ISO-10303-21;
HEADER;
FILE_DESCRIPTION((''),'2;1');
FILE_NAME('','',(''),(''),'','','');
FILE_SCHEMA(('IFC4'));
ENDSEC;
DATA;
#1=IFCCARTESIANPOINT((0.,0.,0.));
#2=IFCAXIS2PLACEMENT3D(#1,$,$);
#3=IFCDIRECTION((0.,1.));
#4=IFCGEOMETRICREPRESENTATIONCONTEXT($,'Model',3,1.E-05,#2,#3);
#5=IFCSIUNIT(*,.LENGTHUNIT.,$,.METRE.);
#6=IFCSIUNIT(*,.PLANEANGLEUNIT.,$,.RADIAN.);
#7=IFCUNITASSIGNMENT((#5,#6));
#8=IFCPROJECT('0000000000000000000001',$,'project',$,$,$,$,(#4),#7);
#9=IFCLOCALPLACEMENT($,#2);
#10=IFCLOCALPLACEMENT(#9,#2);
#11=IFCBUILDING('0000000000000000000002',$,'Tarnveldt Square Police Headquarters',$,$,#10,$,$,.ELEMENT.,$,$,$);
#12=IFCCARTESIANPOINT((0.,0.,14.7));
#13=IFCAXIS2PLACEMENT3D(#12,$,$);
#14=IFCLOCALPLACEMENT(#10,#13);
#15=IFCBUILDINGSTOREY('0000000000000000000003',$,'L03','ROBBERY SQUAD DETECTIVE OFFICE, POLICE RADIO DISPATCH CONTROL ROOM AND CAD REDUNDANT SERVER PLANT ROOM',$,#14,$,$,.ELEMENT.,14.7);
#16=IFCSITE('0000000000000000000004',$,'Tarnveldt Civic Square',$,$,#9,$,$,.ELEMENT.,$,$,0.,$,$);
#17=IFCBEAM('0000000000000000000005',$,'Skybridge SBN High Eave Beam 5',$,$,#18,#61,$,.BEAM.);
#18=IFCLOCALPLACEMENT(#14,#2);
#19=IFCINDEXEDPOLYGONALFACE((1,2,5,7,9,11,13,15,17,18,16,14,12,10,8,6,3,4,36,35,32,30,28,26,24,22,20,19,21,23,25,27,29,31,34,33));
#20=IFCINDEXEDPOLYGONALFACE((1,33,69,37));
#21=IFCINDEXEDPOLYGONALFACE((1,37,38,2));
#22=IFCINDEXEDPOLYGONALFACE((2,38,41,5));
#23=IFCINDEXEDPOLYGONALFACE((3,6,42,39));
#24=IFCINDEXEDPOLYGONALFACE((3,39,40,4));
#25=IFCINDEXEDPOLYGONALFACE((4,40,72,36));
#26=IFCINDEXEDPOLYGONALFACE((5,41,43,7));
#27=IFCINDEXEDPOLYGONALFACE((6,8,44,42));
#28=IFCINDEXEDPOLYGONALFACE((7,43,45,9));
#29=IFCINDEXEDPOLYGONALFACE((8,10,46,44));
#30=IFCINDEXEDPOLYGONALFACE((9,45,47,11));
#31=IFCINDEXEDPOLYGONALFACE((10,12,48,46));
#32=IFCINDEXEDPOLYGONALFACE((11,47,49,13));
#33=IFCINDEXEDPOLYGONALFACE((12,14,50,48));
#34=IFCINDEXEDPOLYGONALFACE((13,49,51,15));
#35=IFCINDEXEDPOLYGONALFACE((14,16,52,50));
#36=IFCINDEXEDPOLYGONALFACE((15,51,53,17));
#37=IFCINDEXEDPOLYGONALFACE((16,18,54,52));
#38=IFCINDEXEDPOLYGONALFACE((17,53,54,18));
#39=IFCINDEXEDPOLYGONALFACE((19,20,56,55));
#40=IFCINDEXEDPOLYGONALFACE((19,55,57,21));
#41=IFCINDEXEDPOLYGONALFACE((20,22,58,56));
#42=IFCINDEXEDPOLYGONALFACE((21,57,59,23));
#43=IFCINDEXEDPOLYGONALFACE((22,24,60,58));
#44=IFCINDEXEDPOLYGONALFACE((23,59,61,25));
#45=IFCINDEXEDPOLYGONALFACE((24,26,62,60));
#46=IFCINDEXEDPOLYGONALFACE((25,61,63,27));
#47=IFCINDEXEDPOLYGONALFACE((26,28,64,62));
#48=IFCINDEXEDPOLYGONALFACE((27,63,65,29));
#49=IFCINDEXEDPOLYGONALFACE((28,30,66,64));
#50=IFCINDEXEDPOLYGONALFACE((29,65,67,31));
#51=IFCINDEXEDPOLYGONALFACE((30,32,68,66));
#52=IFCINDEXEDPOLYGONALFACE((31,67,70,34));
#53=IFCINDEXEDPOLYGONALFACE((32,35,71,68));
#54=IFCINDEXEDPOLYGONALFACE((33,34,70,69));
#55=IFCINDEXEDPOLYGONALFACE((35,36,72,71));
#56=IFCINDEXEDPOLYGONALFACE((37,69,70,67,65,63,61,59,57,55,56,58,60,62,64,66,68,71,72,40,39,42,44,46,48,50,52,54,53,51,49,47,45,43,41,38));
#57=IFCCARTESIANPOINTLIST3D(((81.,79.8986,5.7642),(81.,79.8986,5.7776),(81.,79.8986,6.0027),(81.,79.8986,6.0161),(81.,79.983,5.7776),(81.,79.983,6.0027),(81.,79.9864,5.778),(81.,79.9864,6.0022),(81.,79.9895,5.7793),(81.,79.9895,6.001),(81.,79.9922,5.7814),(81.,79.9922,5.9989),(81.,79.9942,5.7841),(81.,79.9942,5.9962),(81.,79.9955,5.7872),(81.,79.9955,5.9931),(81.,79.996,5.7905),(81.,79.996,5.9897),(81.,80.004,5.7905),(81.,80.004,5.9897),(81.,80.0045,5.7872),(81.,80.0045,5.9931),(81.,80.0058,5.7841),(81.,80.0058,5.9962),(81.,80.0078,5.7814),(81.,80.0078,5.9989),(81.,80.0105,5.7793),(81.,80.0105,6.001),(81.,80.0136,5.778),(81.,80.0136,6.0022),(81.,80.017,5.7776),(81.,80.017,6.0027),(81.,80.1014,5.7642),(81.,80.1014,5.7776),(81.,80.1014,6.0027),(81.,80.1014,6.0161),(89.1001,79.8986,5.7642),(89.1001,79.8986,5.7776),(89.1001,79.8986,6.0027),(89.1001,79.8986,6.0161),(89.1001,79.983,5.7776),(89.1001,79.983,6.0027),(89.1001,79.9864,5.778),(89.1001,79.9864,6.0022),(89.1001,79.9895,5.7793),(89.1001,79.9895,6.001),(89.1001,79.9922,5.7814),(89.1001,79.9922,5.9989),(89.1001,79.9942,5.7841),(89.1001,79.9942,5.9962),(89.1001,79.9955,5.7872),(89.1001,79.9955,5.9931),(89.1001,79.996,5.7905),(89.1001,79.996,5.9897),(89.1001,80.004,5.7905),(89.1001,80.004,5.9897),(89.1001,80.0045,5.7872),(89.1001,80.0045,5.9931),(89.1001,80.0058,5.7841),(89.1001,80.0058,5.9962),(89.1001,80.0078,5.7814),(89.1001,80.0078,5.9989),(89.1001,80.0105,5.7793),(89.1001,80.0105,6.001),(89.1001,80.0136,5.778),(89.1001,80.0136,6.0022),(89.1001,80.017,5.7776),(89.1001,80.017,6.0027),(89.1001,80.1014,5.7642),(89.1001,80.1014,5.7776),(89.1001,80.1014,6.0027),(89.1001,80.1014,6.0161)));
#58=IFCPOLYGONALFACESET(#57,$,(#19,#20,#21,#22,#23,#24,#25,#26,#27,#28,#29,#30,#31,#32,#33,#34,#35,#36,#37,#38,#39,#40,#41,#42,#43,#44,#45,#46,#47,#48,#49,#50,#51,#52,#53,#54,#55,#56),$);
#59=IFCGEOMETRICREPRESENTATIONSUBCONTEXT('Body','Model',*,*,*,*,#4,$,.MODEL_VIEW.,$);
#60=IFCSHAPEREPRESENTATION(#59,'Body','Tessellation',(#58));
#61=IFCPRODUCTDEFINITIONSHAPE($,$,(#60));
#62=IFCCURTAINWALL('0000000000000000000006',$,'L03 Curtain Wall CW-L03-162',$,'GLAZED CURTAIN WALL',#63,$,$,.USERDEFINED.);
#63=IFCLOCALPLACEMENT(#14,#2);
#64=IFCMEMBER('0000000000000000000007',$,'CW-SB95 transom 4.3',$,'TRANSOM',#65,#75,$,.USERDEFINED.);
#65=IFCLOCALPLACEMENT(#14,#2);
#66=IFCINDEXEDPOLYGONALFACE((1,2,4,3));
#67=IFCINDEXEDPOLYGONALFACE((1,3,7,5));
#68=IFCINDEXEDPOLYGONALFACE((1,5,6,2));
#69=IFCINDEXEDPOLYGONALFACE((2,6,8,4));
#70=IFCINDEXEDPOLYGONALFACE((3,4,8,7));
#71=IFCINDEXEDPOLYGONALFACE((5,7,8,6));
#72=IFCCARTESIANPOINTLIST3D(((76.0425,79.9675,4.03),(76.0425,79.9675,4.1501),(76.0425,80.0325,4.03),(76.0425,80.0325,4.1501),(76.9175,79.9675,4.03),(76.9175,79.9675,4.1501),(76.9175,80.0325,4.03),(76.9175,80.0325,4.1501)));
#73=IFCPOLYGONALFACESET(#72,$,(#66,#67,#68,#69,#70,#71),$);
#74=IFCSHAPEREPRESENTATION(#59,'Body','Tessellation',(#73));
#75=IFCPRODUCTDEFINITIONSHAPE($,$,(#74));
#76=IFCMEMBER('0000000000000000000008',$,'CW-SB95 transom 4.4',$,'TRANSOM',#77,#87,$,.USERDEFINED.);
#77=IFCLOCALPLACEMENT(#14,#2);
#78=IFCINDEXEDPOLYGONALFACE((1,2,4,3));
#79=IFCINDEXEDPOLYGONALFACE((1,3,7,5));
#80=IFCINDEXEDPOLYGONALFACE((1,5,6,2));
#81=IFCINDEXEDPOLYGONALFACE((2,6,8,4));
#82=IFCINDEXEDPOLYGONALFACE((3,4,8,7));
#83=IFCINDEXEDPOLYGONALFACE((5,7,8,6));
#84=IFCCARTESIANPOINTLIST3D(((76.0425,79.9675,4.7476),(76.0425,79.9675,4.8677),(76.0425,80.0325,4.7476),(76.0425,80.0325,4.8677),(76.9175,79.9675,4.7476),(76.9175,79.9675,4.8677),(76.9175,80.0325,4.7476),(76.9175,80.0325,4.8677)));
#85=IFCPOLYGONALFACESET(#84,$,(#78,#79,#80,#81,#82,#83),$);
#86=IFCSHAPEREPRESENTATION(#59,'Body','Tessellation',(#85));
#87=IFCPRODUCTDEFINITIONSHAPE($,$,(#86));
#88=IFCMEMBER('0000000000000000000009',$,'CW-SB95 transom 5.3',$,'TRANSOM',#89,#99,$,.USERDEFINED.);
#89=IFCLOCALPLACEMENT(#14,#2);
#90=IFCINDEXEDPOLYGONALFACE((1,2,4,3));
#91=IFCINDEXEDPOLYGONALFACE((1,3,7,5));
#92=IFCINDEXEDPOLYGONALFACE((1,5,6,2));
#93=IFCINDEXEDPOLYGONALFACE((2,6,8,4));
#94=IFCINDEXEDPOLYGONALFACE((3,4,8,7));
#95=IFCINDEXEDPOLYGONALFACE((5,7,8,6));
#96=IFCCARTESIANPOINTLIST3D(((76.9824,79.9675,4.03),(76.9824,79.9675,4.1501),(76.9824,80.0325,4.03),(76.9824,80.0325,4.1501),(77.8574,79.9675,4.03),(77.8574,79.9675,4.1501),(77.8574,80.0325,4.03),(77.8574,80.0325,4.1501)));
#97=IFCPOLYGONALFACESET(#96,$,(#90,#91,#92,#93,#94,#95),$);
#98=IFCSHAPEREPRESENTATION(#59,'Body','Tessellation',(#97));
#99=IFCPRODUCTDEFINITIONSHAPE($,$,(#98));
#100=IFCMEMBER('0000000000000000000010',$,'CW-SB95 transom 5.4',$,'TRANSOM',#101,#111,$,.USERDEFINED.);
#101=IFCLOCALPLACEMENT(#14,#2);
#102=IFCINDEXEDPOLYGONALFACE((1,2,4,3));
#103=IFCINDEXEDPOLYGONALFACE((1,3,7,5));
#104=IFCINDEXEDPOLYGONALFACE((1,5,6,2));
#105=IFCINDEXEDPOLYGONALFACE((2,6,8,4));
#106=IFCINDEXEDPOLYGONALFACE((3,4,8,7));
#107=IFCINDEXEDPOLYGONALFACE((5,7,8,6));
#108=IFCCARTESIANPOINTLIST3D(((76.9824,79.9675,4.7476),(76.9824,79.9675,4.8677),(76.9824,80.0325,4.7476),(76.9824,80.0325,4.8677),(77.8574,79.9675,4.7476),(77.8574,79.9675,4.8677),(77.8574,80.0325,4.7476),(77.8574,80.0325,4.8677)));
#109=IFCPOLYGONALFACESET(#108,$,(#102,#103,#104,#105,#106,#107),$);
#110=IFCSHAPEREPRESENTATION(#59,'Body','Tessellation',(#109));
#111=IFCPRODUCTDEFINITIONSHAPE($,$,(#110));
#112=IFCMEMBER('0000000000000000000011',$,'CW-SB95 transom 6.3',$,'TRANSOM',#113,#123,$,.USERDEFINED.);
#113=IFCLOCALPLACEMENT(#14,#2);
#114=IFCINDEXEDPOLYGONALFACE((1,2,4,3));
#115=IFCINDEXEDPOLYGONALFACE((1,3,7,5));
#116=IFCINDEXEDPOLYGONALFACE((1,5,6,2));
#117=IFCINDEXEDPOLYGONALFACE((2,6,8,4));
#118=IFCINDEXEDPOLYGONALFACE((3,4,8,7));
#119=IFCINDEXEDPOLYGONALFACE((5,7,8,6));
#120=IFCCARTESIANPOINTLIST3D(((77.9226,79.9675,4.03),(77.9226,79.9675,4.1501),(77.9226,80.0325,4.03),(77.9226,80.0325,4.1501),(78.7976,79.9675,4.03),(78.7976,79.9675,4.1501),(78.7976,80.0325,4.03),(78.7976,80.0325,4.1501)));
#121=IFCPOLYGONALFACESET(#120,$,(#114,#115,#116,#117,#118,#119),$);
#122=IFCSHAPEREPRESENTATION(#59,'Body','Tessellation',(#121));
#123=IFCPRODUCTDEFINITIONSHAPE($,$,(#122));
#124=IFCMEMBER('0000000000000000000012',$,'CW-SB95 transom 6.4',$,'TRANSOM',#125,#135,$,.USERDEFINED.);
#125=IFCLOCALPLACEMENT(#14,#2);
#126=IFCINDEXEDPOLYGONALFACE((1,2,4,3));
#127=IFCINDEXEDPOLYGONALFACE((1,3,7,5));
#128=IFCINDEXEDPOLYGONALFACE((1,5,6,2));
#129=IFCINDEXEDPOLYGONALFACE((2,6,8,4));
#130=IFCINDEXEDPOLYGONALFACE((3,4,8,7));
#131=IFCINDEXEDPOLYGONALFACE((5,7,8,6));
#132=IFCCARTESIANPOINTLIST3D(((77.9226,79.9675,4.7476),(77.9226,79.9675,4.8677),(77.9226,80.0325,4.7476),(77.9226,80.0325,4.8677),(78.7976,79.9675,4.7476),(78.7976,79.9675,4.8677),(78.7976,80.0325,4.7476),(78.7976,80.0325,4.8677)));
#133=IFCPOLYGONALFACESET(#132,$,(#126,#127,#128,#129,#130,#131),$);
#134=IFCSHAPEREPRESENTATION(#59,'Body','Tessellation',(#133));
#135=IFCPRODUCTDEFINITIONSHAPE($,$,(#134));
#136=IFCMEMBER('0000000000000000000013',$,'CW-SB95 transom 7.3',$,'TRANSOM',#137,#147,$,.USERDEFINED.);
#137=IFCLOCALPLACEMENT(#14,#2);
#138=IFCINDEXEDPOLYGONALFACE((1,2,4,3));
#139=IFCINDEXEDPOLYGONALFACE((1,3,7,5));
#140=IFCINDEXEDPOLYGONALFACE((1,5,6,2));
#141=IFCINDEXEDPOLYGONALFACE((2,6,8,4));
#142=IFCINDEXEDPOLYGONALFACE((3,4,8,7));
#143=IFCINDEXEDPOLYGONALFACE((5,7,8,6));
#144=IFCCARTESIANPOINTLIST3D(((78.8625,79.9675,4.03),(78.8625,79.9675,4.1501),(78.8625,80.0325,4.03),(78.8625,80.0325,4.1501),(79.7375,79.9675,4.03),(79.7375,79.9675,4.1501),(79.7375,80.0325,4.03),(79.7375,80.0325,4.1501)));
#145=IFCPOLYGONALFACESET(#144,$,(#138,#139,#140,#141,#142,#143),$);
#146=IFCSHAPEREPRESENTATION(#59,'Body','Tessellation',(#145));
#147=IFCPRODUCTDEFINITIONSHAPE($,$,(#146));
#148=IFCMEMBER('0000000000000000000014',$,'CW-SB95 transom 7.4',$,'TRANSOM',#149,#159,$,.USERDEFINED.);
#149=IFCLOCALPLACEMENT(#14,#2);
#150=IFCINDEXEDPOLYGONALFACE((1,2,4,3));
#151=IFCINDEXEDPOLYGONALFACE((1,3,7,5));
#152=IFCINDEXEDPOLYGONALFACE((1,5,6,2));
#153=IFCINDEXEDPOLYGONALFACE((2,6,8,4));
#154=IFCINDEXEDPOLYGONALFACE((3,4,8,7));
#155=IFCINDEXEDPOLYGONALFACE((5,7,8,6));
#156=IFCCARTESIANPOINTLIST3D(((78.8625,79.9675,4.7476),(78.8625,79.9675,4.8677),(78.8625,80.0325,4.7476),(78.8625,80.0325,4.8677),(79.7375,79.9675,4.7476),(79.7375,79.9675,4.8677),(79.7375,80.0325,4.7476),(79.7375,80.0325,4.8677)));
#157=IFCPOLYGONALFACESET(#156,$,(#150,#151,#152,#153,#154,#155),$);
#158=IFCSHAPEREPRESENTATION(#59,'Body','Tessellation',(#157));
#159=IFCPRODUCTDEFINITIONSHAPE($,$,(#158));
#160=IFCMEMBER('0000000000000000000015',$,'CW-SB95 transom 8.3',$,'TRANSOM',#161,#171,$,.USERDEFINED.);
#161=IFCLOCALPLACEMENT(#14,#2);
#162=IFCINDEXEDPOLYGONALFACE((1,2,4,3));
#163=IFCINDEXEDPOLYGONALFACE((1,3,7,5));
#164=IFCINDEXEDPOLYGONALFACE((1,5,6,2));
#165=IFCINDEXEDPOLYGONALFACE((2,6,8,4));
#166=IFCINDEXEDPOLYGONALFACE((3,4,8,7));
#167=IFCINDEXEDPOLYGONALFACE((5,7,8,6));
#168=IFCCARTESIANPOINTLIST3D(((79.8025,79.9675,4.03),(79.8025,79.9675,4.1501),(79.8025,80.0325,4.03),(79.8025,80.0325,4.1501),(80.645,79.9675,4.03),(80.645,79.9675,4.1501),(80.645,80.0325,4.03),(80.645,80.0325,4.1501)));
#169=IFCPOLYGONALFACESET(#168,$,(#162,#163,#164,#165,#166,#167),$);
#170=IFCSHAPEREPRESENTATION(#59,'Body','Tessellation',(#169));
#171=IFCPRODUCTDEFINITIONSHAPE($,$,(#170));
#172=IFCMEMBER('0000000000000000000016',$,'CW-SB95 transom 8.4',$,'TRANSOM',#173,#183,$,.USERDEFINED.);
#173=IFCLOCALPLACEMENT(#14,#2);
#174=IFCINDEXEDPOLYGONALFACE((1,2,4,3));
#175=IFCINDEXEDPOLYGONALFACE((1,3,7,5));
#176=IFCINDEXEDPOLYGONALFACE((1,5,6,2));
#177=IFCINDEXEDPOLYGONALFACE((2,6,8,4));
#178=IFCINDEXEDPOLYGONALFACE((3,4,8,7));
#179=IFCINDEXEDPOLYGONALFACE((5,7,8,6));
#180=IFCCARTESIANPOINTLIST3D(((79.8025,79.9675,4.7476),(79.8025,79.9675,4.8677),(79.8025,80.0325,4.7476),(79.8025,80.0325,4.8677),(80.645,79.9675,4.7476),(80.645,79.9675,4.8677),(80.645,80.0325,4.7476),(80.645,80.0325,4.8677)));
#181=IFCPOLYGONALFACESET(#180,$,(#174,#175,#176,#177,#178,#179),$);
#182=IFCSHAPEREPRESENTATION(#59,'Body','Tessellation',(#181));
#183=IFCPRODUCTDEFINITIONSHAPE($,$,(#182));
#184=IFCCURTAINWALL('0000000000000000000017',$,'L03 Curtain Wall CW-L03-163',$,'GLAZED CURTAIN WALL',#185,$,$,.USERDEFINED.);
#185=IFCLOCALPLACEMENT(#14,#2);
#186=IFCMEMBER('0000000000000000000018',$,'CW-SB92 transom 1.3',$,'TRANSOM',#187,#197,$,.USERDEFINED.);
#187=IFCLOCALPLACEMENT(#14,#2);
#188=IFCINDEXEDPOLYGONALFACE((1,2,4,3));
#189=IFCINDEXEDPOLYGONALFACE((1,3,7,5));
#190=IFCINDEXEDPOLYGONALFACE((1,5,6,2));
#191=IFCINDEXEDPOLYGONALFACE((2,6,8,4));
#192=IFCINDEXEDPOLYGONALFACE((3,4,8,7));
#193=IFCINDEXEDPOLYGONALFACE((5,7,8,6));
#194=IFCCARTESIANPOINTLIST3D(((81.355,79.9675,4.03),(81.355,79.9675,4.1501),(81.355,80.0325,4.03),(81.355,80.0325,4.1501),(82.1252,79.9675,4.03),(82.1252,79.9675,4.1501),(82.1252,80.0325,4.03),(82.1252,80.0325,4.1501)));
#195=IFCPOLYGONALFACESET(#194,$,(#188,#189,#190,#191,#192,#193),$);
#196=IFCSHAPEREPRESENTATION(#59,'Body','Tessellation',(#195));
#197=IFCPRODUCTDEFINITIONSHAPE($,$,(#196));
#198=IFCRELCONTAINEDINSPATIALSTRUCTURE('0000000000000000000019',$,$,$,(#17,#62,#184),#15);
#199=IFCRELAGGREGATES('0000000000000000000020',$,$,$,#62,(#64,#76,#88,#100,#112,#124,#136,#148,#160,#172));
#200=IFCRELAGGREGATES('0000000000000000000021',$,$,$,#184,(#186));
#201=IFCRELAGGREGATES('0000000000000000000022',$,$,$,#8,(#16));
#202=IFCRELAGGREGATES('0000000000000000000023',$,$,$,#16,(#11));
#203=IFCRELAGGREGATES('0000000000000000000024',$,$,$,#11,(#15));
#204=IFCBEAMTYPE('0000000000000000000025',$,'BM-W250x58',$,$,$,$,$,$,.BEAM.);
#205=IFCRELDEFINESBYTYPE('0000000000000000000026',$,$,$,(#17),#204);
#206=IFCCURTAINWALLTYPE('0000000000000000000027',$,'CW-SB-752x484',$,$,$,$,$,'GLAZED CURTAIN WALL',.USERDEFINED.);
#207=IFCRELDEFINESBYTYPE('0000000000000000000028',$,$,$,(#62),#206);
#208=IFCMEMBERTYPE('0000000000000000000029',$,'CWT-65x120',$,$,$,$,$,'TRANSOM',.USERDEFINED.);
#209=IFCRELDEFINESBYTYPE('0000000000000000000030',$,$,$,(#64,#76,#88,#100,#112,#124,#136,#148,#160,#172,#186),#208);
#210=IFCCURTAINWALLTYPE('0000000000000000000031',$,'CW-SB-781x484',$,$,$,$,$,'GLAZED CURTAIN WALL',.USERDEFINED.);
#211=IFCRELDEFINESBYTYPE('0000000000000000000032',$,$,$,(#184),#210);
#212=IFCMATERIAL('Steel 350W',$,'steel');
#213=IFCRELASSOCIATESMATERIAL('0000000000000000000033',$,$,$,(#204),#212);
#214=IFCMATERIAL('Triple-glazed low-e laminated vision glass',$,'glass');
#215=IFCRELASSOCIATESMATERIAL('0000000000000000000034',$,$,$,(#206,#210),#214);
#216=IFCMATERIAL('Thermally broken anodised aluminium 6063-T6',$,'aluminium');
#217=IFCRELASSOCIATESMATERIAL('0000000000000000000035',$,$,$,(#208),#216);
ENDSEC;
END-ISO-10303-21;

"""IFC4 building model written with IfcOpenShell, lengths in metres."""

from ifc_helpers import new_model, si_unit, direction, frame, origin, origin_2d, place, context, subcontext, project, spatial, rectangle, i_section, extrude, material, material_profile, profile_set, type_object, element, aggregate, save


model = new_model("IFC4")

# Units and contexts
model_context = context("Model", 3, precision=1e-05, world=origin(), true_north=direction((0.0, 1.0)))
body_context = subcontext(model_context, "Body", "Model", "MODEL_VIEW")
ifc_project = project(units=[si_unit("LENGTHUNIT", "METRE"), si_unit("PLANEANGLEUNIT", "RADIAN")], contexts=[model_context])

# Site, building, storey
site_placement = place(None, origin())
site = spatial("IfcSite", under=ifc_project, at=site_placement, Name="Tarnveldt Civic Square", CompositionType="ELEMENT", RefElevation=0.0)
building_placement = place(site_placement, origin())
building = spatial("IfcBuilding", under=site, at=building_placement, Name="Tarnveldt Square Police Headquarters", CompositionType="ELEMENT")
storey_placement = place(building_placement, frame((0.0, 0.0, 14.7)))
storey = spatial("IfcBuildingStorey", under=building, at=storey_placement, Name="L03", Description="ROBBERY SQUAD DETECTIVE OFFICE, POLICE RADIO DISPATCH CONTROL ROOM AND CAD REDUNDANT SERVER PLANT ROOM", CompositionType="ELEMENT", Elevation=14.7)

# Beam
ifc_material_1 = material(Name="Steel 350W", Category="steel")
ifc_material_profile_1 = material_profile(ifc_material_1, i_section(OverallWidth=0.2029, OverallDepth=0.252, WebThickness=0.0081, FlangeThickness=0.0134, FilletRadius=0.0129, at=origin_2d()), Name="W250x58")
ifc_profile_set_1 = profile_set([ifc_material_profile_1], Name="Steel 350W")
beam_type = type_object("IfcBeamType", Name="BM-W250x58", PredefinedType="BEAM", material=ifc_profile_set_1)
beam_placement = place(storey_placement, frame((81.0, 80.0, 5.8901), z_axis=(1.0, 0.0, 0.0), x_axis=(0.0, 1.0, 0.0)))
element("IfcBeam", 1, at=beam_placement, inside=storey, type_object=beam_type, Name="Skybridge SBN High Eave Beam 5", PredefinedType="BEAM", context=body_context, shape_type="SweptSolid", body=[
    extrude(i_section(OverallWidth=0.2029, OverallDepth=0.252, WebThickness=0.0081, FlangeThickness=0.0134, FilletRadius=0.0129, at=origin_2d()), origin(), (0.0, 0.0, 1.0), 8.1001),
])

# Curtain walls, members
ifc_material_2 = material(Name="Triple-glazed low-e laminated vision glass", Category="glass")
curtain_wall_type_1 = type_object("IfcCurtainWallType", Name="CW-SB-752x484", ElementType="GLAZED CURTAIN WALL", PredefinedType="USERDEFINED", material=ifc_material_2)
curtain_wall_1_placement = place(storey_placement, origin())
curtain_wall_1 = element("IfcCurtainWall", 2, at=curtain_wall_1_placement, inside=storey, type_object=curtain_wall_type_1, Name="L03 Curtain Wall CW-L03-162", ObjectType="GLAZED CURTAIN WALL", PredefinedType="USERDEFINED")
ifc_material_3 = material(Name="Thermally broken anodised aluminium 6063-T6", Category="aluminium")
ifc_material_profile_2 = material_profile(ifc_material_3, rectangle(XDim=0.0649, YDim=0.1201, at=origin_2d()), Name="CW-T65x120")
ifc_profile_set_2 = profile_set([ifc_material_profile_2], Name="Thermally broken anodised aluminium 6063-T6")
member_type_1 = type_object("IfcMemberType", Name="CWT-65x120", ElementType="TRANSOM", PredefinedType="USERDEFINED", material=ifc_profile_set_2)
member_1_placement = place(storey_placement, frame((76.0425, 80.0, 4.0901), z_axis=(1.0, 0.0, 0.0), x_axis=(0.0, 1.0, 0.0)))
member_1 = element("IfcMember", 3, at=member_1_placement, type_object=member_type_1, Name="CW-SB95 transom 4.3", ObjectType="TRANSOM", PredefinedType="USERDEFINED", context=body_context, shape_type="SweptSolid", body=[
    extrude(rectangle(XDim=0.0649, YDim=0.1201, at=origin_2d()), origin(), (0.0, 0.0, 1.0), 0.875),
])
member_2_placement = place(storey_placement, frame((76.0425, 80.0, 4.8076), z_axis=(1.0, 0.0, 0.0), x_axis=(0.0, 1.0, 0.0)))
member_2 = element("IfcMember", 4, at=member_2_placement, type_object=member_type_1, Name="CW-SB95 transom 4.4", ObjectType="TRANSOM", PredefinedType="USERDEFINED", context=body_context, shape_type="SweptSolid", body=[
    extrude(rectangle(XDim=0.0649, YDim=0.1201, at=origin_2d()), origin(), (0.0, 0.0, 1.0), 0.875),
])
member_3_placement = place(storey_placement, frame((76.9824, 80.0, 4.0901), z_axis=(1.0, 0.0, 0.0), x_axis=(0.0, 1.0, 0.0)))
member_3 = element("IfcMember", 5, at=member_3_placement, type_object=member_type_1, Name="CW-SB95 transom 5.3", ObjectType="TRANSOM", PredefinedType="USERDEFINED", context=body_context, shape_type="SweptSolid", body=[
    extrude(rectangle(XDim=0.0649, YDim=0.1201, at=origin_2d()), origin(), (0.0, 0.0, 1.0), 0.875),
])
member_4_placement = place(storey_placement, frame((76.9824, 80.0, 4.8076), z_axis=(1.0, 0.0, 0.0), x_axis=(0.0, 1.0, 0.0)))
member_4 = element("IfcMember", 6, at=member_4_placement, type_object=member_type_1, Name="CW-SB95 transom 5.4", ObjectType="TRANSOM", PredefinedType="USERDEFINED", context=body_context, shape_type="SweptSolid", body=[
    extrude(rectangle(XDim=0.0649, YDim=0.1201, at=origin_2d()), origin(), (0.0, 0.0, 1.0), 0.875),
])
member_5_placement = place(storey_placement, frame((77.9226, 80.0, 4.0901), z_axis=(1.0, 0.0, 0.0), x_axis=(0.0, 1.0, 0.0)))
member_5 = element("IfcMember", 7, at=member_5_placement, type_object=member_type_1, Name="CW-SB95 transom 6.3", ObjectType="TRANSOM", PredefinedType="USERDEFINED", context=body_context, shape_type="SweptSolid", body=[
    extrude(rectangle(XDim=0.0649, YDim=0.1201, at=origin_2d()), origin(), (0.0, 0.0, 1.0), 0.875),
])
member_6_placement = place(storey_placement, frame((77.9226, 80.0, 4.8076), z_axis=(1.0, 0.0, 0.0), x_axis=(0.0, 1.0, 0.0)))
member_6 = element("IfcMember", 8, at=member_6_placement, type_object=member_type_1, Name="CW-SB95 transom 6.4", ObjectType="TRANSOM", PredefinedType="USERDEFINED", context=body_context, shape_type="SweptSolid", body=[
    extrude(rectangle(XDim=0.0649, YDim=0.1201, at=origin_2d()), origin(), (0.0, 0.0, 1.0), 0.875),
])
member_7_placement = place(storey_placement, frame((78.8625, 80.0, 4.0901), z_axis=(1.0, 0.0, 0.0), x_axis=(0.0, 1.0, 0.0)))
member_7 = element("IfcMember", 9, at=member_7_placement, type_object=member_type_1, Name="CW-SB95 transom 7.3", ObjectType="TRANSOM", PredefinedType="USERDEFINED", context=body_context, shape_type="SweptSolid", body=[
    extrude(rectangle(XDim=0.0649, YDim=0.1201, at=origin_2d()), origin(), (0.0, 0.0, 1.0), 0.875),
])
member_8_placement = place(storey_placement, frame((78.8625, 80.0, 4.8076), z_axis=(1.0, 0.0, 0.0), x_axis=(0.0, 1.0, 0.0)))
member_8 = element("IfcMember", 10, at=member_8_placement, type_object=member_type_1, Name="CW-SB95 transom 7.4", ObjectType="TRANSOM", PredefinedType="USERDEFINED", context=body_context, shape_type="SweptSolid", body=[
    extrude(rectangle(XDim=0.0649, YDim=0.1201, at=origin_2d()), origin(), (0.0, 0.0, 1.0), 0.875),
])
member_9_placement = place(storey_placement, frame((79.8025, 80.0, 4.0901), z_axis=(1.0, 0.0, 0.0), x_axis=(0.0, 1.0, 0.0)))
member_9 = element("IfcMember", 11, at=member_9_placement, type_object=member_type_1, Name="CW-SB95 transom 8.3", ObjectType="TRANSOM", PredefinedType="USERDEFINED", context=body_context, shape_type="SweptSolid", body=[
    extrude(rectangle(XDim=0.0649, YDim=0.1201, at=origin_2d()), origin(), (0.0, 0.0, 1.0), 0.8425),
])
member_10_placement = place(storey_placement, frame((79.8025, 80.0, 4.8076), z_axis=(1.0, 0.0, 0.0), x_axis=(0.0, 1.0, 0.0)))
member_10 = element("IfcMember", 12, at=member_10_placement, type_object=member_type_1, Name="CW-SB95 transom 8.4", ObjectType="TRANSOM", PredefinedType="USERDEFINED", context=body_context, shape_type="SweptSolid", body=[
    extrude(rectangle(XDim=0.0649, YDim=0.1201, at=origin_2d()), origin(), (0.0, 0.0, 1.0), 0.8425),
])
curtain_wall_type_2 = type_object("IfcCurtainWallType", Name="CW-SB-781x484", ElementType="GLAZED CURTAIN WALL", PredefinedType="USERDEFINED", material=ifc_material_2)
curtain_wall_2_placement = place(storey_placement, origin())
curtain_wall_2 = element("IfcCurtainWall", 13, at=curtain_wall_2_placement, inside=storey, type_object=curtain_wall_type_2, Name="L03 Curtain Wall CW-L03-163", ObjectType="GLAZED CURTAIN WALL", PredefinedType="USERDEFINED")
member_11_placement = place(storey_placement, frame((81.355, 80.0, 4.0901), z_axis=(1.0, 0.0, 0.0), x_axis=(0.0, 1.0, 0.0)))
member_11 = element("IfcMember", 14, at=member_11_placement, type_object=member_type_1, Name="CW-SB92 transom 1.3", ObjectType="TRANSOM", PredefinedType="USERDEFINED", context=body_context, shape_type="SweptSolid", body=[
    extrude(rectangle(XDim=0.0649, YDim=0.1201, at=origin_2d()), origin(), (0.0, 0.0, 1.0), 0.7703),
])

aggregate(curtain_wall_1, [member_1, member_2, member_3, member_4, member_5, member_6, member_7, member_8, member_9, member_10])
aggregate(curtain_wall_2, [member_11])

save(model, "model.ifc")
